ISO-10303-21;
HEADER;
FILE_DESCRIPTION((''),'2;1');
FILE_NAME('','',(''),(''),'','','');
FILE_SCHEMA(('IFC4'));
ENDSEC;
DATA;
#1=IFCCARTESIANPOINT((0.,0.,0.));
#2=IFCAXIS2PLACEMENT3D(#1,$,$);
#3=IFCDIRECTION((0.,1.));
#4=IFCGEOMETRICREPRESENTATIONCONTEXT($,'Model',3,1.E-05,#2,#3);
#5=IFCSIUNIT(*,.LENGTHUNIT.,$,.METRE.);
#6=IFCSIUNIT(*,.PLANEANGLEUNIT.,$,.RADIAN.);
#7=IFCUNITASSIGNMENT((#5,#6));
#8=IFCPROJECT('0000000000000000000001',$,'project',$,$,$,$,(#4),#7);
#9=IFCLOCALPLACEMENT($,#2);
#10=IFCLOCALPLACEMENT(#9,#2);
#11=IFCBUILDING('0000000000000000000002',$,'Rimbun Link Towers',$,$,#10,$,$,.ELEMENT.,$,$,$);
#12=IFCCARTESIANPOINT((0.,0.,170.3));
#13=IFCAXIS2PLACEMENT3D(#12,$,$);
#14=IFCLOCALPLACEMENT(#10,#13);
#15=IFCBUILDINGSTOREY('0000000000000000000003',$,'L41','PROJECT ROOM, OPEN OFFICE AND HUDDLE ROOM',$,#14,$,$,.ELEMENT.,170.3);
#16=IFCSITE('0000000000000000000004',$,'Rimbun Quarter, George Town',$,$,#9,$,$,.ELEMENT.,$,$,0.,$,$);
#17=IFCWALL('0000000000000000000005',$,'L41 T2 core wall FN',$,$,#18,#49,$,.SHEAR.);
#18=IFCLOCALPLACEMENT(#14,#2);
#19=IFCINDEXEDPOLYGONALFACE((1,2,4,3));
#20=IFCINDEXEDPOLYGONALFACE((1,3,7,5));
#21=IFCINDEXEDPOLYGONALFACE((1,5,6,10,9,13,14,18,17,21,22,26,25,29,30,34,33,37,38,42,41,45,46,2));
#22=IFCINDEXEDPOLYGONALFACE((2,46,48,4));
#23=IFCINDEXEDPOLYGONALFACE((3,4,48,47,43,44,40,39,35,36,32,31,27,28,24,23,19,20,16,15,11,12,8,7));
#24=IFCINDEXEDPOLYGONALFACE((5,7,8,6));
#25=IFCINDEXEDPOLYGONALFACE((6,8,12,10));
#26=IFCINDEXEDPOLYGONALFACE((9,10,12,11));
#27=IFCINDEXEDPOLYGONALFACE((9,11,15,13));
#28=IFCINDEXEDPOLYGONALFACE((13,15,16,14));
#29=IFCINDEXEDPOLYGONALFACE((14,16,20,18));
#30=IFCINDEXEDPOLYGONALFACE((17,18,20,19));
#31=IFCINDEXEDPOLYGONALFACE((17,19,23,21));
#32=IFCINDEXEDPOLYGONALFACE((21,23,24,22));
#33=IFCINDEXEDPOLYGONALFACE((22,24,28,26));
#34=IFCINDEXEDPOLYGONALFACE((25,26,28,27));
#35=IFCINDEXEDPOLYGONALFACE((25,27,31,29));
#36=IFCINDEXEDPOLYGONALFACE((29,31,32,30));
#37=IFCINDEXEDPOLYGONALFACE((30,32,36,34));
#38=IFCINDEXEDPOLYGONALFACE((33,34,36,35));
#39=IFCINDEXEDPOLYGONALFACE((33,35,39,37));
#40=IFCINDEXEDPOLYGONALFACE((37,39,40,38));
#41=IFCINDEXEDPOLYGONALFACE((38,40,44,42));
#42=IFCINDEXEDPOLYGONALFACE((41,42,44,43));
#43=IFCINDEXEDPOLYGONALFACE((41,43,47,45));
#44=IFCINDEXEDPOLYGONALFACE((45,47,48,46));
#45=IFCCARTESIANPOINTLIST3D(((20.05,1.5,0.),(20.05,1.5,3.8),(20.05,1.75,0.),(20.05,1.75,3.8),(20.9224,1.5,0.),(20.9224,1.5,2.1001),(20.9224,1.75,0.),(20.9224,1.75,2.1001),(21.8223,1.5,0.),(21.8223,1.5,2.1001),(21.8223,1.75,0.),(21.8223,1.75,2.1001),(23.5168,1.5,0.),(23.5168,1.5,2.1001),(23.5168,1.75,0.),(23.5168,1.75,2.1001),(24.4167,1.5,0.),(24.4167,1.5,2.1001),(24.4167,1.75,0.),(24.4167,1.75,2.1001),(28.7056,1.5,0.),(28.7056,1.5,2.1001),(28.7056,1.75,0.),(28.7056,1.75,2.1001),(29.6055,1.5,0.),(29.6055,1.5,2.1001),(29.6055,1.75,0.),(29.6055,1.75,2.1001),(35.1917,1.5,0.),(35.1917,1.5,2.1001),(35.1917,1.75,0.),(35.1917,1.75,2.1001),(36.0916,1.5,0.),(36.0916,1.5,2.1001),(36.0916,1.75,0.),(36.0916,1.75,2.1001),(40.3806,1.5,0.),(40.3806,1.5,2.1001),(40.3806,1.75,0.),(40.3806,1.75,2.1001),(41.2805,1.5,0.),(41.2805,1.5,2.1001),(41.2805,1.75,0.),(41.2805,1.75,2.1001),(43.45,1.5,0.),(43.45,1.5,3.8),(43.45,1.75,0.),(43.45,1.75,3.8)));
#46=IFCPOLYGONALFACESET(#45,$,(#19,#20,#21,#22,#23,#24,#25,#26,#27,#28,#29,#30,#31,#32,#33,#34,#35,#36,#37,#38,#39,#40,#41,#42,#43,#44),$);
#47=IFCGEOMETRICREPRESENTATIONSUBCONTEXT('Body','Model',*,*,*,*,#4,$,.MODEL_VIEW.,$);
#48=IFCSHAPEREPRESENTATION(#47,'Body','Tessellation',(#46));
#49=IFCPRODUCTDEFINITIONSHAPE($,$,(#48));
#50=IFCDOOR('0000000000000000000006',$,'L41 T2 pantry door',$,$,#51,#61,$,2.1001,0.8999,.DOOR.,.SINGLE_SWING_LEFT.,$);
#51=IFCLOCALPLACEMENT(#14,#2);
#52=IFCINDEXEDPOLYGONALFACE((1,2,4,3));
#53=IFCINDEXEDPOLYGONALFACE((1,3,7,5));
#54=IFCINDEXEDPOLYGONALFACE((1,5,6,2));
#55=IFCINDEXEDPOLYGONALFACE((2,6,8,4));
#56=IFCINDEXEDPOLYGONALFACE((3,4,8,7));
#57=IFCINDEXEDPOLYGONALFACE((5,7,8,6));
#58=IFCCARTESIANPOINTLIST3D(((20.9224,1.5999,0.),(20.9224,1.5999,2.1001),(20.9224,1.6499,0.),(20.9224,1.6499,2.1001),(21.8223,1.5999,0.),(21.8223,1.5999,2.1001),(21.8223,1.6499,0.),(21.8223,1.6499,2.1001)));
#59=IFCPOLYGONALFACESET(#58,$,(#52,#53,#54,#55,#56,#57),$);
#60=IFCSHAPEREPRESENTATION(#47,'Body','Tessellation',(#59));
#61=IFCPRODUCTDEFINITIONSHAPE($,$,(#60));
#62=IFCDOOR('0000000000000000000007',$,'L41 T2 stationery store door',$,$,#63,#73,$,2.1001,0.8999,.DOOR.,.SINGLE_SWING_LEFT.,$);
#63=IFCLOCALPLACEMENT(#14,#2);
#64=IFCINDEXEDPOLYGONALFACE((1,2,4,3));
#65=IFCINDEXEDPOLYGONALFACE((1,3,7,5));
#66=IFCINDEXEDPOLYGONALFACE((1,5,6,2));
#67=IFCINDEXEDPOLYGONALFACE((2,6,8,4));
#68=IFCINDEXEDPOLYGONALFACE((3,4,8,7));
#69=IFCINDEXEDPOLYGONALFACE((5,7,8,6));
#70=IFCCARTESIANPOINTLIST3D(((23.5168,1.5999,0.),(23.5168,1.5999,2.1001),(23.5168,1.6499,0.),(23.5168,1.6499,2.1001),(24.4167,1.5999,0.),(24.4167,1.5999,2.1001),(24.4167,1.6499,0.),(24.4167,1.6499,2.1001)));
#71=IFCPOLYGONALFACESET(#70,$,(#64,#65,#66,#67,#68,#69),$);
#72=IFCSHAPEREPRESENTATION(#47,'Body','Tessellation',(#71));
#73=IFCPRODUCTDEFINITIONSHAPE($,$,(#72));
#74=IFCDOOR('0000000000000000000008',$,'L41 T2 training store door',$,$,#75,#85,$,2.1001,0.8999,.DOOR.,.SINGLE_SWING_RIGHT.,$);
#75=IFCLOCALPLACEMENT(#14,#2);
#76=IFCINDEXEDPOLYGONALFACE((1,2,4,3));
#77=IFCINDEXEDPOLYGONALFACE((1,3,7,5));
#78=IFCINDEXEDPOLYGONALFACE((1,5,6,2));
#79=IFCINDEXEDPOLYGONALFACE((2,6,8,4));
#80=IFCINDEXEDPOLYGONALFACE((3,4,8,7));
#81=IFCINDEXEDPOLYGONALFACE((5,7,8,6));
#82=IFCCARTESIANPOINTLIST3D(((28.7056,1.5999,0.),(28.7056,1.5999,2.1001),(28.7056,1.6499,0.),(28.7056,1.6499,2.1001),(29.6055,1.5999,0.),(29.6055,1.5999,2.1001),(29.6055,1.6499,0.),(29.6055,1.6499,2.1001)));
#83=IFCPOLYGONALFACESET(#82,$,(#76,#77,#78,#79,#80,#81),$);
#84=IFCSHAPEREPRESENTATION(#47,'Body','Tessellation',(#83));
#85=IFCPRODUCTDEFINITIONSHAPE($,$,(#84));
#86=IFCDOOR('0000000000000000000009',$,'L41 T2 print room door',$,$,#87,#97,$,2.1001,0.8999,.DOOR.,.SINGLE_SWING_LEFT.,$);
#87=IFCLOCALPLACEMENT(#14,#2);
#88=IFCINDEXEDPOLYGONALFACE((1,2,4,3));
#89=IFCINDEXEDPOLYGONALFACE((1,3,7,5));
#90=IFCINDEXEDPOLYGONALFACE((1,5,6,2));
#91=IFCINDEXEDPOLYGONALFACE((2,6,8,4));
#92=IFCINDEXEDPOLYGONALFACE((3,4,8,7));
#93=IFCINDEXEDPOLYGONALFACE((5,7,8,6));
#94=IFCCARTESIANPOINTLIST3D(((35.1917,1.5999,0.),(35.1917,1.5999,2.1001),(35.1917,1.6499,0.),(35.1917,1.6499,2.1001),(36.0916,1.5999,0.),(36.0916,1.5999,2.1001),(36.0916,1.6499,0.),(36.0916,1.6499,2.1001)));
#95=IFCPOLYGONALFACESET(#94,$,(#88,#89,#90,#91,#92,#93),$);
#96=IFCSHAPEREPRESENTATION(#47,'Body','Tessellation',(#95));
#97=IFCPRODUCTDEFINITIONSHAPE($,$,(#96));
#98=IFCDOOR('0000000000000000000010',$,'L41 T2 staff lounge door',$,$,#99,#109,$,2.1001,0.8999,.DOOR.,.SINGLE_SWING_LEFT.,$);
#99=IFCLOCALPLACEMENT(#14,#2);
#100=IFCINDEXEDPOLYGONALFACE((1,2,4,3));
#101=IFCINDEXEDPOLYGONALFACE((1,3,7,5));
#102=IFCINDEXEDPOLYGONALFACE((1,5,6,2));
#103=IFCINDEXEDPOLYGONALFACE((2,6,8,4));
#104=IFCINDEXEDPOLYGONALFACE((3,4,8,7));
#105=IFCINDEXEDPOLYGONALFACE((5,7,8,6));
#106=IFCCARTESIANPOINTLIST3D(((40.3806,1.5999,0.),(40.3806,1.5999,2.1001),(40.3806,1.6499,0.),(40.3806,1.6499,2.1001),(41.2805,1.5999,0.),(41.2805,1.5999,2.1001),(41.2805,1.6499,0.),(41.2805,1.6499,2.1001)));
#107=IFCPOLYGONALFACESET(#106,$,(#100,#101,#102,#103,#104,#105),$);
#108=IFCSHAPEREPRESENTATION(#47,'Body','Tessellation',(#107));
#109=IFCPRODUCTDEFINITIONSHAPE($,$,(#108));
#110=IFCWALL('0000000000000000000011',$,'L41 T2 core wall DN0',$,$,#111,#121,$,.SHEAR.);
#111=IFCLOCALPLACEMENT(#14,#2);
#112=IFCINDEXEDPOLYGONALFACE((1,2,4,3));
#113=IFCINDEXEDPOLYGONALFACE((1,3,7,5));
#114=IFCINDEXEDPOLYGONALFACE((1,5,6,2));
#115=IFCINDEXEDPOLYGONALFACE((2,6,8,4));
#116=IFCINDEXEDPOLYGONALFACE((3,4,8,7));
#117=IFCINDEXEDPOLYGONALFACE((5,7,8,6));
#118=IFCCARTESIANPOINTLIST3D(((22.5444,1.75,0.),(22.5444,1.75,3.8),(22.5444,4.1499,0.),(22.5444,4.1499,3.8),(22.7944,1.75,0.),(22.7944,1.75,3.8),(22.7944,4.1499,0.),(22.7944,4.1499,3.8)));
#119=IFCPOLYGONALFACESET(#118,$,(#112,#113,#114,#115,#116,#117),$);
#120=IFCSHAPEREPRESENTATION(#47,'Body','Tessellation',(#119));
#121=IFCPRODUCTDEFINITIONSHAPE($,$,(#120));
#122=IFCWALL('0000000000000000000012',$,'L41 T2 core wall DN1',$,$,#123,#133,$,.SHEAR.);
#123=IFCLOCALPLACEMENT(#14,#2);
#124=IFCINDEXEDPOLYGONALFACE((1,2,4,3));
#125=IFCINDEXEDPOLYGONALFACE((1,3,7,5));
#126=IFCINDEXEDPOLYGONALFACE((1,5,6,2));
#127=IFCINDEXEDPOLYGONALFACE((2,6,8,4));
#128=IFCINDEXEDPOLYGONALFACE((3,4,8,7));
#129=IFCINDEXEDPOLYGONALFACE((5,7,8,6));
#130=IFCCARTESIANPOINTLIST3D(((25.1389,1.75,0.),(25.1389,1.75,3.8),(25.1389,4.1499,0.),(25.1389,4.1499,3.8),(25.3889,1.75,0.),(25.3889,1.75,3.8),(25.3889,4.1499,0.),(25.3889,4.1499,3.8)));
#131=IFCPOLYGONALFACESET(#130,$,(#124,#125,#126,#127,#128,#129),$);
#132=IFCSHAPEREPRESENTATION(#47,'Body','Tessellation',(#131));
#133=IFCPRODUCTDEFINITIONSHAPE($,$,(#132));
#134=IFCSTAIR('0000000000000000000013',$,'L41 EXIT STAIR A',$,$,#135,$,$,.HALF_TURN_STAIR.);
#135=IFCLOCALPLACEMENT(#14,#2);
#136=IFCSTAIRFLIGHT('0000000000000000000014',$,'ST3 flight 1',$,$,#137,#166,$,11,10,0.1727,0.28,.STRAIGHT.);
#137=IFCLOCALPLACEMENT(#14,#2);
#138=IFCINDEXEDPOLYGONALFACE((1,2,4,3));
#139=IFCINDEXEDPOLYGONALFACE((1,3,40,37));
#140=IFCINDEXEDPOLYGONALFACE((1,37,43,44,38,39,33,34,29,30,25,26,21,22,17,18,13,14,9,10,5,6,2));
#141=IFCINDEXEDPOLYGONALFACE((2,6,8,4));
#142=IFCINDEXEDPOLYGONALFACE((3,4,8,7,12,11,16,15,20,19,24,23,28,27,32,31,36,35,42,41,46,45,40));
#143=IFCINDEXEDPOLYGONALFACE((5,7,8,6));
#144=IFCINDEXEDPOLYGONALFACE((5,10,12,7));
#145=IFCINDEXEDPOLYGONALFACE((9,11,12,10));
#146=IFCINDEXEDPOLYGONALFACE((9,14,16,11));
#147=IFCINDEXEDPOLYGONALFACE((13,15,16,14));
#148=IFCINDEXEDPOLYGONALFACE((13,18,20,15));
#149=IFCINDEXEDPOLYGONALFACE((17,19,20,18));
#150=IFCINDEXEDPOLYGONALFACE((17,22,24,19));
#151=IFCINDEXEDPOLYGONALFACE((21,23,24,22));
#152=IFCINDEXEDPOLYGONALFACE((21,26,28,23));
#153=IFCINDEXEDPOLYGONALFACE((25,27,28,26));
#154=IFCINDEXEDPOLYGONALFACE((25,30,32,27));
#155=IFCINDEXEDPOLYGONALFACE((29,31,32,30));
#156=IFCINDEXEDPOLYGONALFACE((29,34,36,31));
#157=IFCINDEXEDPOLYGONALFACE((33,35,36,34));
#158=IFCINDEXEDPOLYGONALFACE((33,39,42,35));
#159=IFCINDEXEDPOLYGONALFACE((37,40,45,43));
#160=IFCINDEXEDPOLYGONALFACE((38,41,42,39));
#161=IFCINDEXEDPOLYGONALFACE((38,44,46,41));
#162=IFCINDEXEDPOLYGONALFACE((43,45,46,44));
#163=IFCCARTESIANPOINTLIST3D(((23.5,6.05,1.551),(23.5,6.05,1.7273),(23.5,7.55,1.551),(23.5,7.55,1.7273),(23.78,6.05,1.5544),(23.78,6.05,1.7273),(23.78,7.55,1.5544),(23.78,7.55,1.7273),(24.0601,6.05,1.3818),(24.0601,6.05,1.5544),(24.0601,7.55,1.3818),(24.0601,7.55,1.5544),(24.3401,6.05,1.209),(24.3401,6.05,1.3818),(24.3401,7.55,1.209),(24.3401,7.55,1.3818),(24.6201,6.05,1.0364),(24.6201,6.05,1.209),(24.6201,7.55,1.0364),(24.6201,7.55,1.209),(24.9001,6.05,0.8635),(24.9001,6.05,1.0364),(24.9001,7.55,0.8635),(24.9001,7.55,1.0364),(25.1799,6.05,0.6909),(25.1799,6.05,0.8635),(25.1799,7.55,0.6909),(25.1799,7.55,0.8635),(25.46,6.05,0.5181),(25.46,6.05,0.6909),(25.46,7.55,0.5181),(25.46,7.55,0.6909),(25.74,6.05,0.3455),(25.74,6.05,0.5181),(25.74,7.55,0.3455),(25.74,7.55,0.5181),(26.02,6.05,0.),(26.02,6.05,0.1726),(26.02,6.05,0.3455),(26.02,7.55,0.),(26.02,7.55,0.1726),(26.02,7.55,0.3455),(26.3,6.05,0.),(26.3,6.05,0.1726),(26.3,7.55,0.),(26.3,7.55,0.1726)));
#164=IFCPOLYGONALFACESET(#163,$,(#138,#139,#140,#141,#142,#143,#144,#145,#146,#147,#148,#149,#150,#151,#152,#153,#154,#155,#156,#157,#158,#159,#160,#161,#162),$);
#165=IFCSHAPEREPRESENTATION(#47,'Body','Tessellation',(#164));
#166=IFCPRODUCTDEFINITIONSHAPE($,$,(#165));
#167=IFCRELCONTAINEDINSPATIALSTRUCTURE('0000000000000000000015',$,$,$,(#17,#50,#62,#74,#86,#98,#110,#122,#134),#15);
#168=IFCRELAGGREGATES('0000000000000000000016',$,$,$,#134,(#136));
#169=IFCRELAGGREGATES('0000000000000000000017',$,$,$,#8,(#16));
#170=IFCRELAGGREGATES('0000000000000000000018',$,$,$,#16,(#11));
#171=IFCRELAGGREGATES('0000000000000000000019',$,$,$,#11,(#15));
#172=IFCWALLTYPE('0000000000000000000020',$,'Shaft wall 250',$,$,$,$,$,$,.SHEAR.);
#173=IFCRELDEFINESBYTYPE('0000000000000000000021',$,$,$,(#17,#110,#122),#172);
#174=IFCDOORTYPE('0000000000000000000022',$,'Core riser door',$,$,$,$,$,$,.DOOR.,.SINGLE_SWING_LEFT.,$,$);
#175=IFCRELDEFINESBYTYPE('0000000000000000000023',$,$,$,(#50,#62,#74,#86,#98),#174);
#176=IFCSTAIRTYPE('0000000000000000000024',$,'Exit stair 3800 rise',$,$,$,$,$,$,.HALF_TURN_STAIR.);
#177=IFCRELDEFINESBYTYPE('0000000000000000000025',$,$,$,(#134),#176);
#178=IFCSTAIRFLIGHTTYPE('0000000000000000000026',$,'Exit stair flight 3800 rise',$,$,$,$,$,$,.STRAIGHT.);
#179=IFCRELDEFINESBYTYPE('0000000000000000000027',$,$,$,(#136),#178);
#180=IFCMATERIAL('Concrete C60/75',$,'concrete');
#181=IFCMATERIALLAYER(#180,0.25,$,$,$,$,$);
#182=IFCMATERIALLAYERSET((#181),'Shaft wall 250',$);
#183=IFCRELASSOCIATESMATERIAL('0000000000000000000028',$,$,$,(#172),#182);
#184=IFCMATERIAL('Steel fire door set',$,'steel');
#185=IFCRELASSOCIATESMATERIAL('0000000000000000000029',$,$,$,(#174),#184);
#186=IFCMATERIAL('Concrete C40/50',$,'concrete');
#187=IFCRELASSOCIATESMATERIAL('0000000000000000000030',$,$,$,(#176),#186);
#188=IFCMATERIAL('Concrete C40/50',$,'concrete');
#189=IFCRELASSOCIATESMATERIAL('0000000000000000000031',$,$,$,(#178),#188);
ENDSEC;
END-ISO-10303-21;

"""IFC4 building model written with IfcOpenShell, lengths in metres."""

from ifc_helpers import new_model, si_unit, direction, frame, frame_2d, origin, place, context, subcontext, project, spatial, polyline, rectangle, outline, extrude, material, layer, layer_set, type_object, element, fill, aggregate, save


model = new_model("IFC4")

# Units and contexts
model_context = context("Model", 3, precision=1e-05, world=origin(), true_north=direction((0.0, 1.0)))
body_context = subcontext(model_context, "Body", "Model", "MODEL_VIEW")
ifc_project = project(units=[si_unit("LENGTHUNIT", "METRE"), si_unit("PLANEANGLEUNIT", "RADIAN")], contexts=[model_context])

# Site, building, storey
site_placement = place(None, origin())
site = spatial("IfcSite", under=ifc_project, at=site_placement, Name="Rimbun Quarter, George Town", CompositionType="ELEMENT", RefElevation=0.0)
building_placement = place(site_placement, origin())
building = spatial("IfcBuilding", under=site, at=building_placement, Name="Rimbun Link Towers", CompositionType="ELEMENT")
storey_placement = place(building_placement, frame((0.0, 0.0, 170.3)))
storey = spatial("IfcBuildingStorey", under=building, at=storey_placement, Name="L41", Description="PROJECT ROOM, OPEN OFFICE AND HUDDLE ROOM", CompositionType="ELEMENT", Elevation=170.3)

# Shared definitions
ifc_material_1 = material(Name="Concrete C60/75", Category="concrete")
ifc_layer_1 = layer(ifc_material_1, 0.25)
ifc_layer_set_1 = layer_set([ifc_layer_1], Name="Shaft wall 250")
wall_type_1 = type_object("IfcWallType", Name="Shaft wall 250", PredefinedType="SHEAR", material=ifc_layer_set_1)

# Wall, openings, doors
wall_1_placement = place(storey_placement, frame((20.05, 1.625, 0.0), z_axis=(0.0, 0.0, 1.0), x_axis=(1.0, 0.0, 0.0)))
wall_1 = element("IfcWall", 1, at=wall_1_placement, inside=storey, type_object=wall_type_1, Name="L41 T2 core wall FN", PredefinedType="SHEAR", context=body_context, shape_type="SweptSolid", body=[
    extrude(rectangle(XDim=23.3999, YDim=0.25, at=frame_2d((11.7, 0.0))), origin(), (0.0, 0.0, 1.0), 3.8),
])
opening_1_placement = place(wall_1_placement, frame((0.8723, 0.0, 0.0)))
opening_1 = element("IfcOpeningElement", 2, at=opening_1_placement, cuts=wall_1, PredefinedType="OPENING", context=body_context, shape_type="SweptSolid", body=[
    extrude(rectangle(XDim=0.8999, YDim=2.1001, at=frame_2d((0.45, 1.05))), frame((0.0, 0.135, 0.0), z_axis=(0.0, -1.0, 0.0), x_axis=(1.0, 0.0, 0.0)), (0.0, 0.0, 1.0), 0.27),
])
opening_2_placement = place(wall_1_placement, frame((3.4668, 0.0, 0.0)))
opening_2 = element("IfcOpeningElement", 3, at=opening_2_placement, cuts=wall_1, PredefinedType="OPENING", context=body_context, shape_type="SweptSolid", body=[
    extrude(rectangle(XDim=0.8999, YDim=2.1001, at=frame_2d((0.45, 1.05))), frame((0.0, 0.135, 0.0), z_axis=(0.0, -1.0, 0.0), x_axis=(1.0, 0.0, 0.0)), (0.0, 0.0, 1.0), 0.27),
])
opening_3_placement = place(wall_1_placement, frame((8.6555, 0.0, 0.0)))
opening_3 = element("IfcOpeningElement", 4, at=opening_3_placement, cuts=wall_1, PredefinedType="OPENING", context=body_context, shape_type="SweptSolid", body=[
    extrude(rectangle(XDim=0.8999, YDim=2.1001, at=frame_2d((0.45, 1.05))), frame((0.0, 0.135, 0.0), z_axis=(0.0, -1.0, 0.0), x_axis=(1.0, 0.0, 0.0)), (0.0, 0.0, 1.0), 0.27),
])
opening_4_placement = place(wall_1_placement, frame((15.1416, 0.0, 0.0)))
opening_4 = element("IfcOpeningElement", 5, at=opening_4_placement, cuts=wall_1, PredefinedType="OPENING", context=body_context, shape_type="SweptSolid", body=[
    extrude(rectangle(XDim=0.8999, YDim=2.1001, at=frame_2d((0.45, 1.05))), frame((0.0, 0.135, 0.0), z_axis=(0.0, -1.0, 0.0), x_axis=(1.0, 0.0, 0.0)), (0.0, 0.0, 1.0), 0.27),
])
opening_5_placement = place(wall_1_placement, frame((20.3306, 0.0, 0.0)))
opening_5 = element("IfcOpeningElement", 6, at=opening_5_placement, cuts=wall_1, PredefinedType="OPENING", context=body_context, shape_type="SweptSolid", body=[
    extrude(rectangle(XDim=0.8999, YDim=2.1001, at=frame_2d((0.45, 1.05))), frame((0.0, 0.135, 0.0), z_axis=(0.0, -1.0, 0.0), x_axis=(1.0, 0.0, 0.0)), (0.0, 0.0, 1.0), 0.27),
])
ifc_material_2 = material(Name="Steel fire door set", Category="steel")
door_type_1 = type_object("IfcDoorType", Name="Core riser door", OperationType="SINGLE_SWING_LEFT", PredefinedType="DOOR", material=ifc_material_2)
door_1_placement = place(opening_1_placement, origin())
door_1 = element("IfcDoor", 7, at=door_1_placement, inside=storey, type_object=door_type_1, Name="L41 T2 pantry door", OperationType="SINGLE_SWING_LEFT", OverallHeight=2.1001, OverallWidth=0.8999, PredefinedType="DOOR", context=body_context, shape_type="SweptSolid", body=[
    extrude(rectangle(XDim=0.8999, YDim=2.1001, at=frame_2d((0.45, 1.05))), frame((0.0, 0.0249, 0.0), z_axis=(0.0, -1.0, 0.0), x_axis=(1.0, 0.0, 0.0)), (0.0, 0.0, 1.0), 0.05),
])
fill(opening_1, door_1)
door_2_placement = place(opening_2_placement, origin())
door_2 = element("IfcDoor", 8, at=door_2_placement, inside=storey, type_object=door_type_1, Name="L41 T2 stationery store door", OperationType="SINGLE_SWING_LEFT", OverallHeight=2.1001, OverallWidth=0.8999, PredefinedType="DOOR", context=body_context, shape_type="SweptSolid", body=[
    extrude(rectangle(XDim=0.8999, YDim=2.1001, at=frame_2d((0.45, 1.05))), frame((0.0, 0.0249, 0.0), z_axis=(0.0, -1.0, 0.0), x_axis=(1.0, 0.0, 0.0)), (0.0, 0.0, 1.0), 0.05),
])
fill(opening_2, door_2)
door_3_placement = place(opening_3_placement, origin())
door_3 = element("IfcDoor", 9, at=door_3_placement, inside=storey, type_object=door_type_1, Name="L41 T2 training store door", OperationType="SINGLE_SWING_RIGHT", OverallHeight=2.1001, OverallWidth=0.8999, PredefinedType="DOOR", context=body_context, shape_type="SweptSolid", body=[
    extrude(rectangle(XDim=0.8999, YDim=2.1001, at=frame_2d((0.45, 1.05))), frame((0.0, 0.0249, 0.0), z_axis=(0.0, -1.0, 0.0), x_axis=(1.0, 0.0, 0.0)), (0.0, 0.0, 1.0), 0.05),
])
fill(opening_3, door_3)
door_4_placement = place(opening_4_placement, origin())
door_4 = element("IfcDoor", 10, at=door_4_placement, inside=storey, type_object=door_type_1, Name="L41 T2 print room door", OperationType="SINGLE_SWING_LEFT", OverallHeight=2.1001, OverallWidth=0.8999, PredefinedType="DOOR", context=body_context, shape_type="SweptSolid", body=[
    extrude(rectangle(XDim=0.8999, YDim=2.1001, at=frame_2d((0.45, 1.05))), frame((0.0, 0.0249, 0.0), z_axis=(0.0, -1.0, 0.0), x_axis=(1.0, 0.0, 0.0)), (0.0, 0.0, 1.0), 0.05),
])
fill(opening_4, door_4)
door_5_placement = place(opening_5_placement, origin())
door_5 = element("IfcDoor", 11, at=door_5_placement, inside=storey, type_object=door_type_1, Name="L41 T2 staff lounge door", OperationType="SINGLE_SWING_LEFT", OverallHeight=2.1001, OverallWidth=0.8999, PredefinedType="DOOR", context=body_context, shape_type="SweptSolid", body=[
    extrude(rectangle(XDim=0.8999, YDim=2.1001, at=frame_2d((0.45, 1.05))), frame((0.0, 0.0249, 0.0), z_axis=(0.0, -1.0, 0.0), x_axis=(1.0, 0.0, 0.0)), (0.0, 0.0, 1.0), 0.05),
])
fill(opening_5, door_5)

# Walls
for number, where, z_axis, x_axis, name in (
    (12, (22.6694, 1.75, 0.0), (0.0, 0.0, 1.0), (0.0, 1.0, 0.0), "L41 T2 core wall DN0"),
    (13, (25.2639, 1.75, 0.0), (0.0, 0.0, 1.0), (0.0, 1.0, 0.0), "L41 T2 core wall DN1"),
):
    element("IfcWall", number, at=place(storey_placement, frame(where, z_axis=z_axis, x_axis=x_axis)), inside=storey, type_object=wall_type_1, Name=name, PredefinedType="SHEAR", context=body_context, shape_type="SweptSolid", body=[
        extrude(rectangle(XDim=2.3999, YDim=0.25, at=frame_2d((1.2, 0.0))), origin(), (0.0, 0.0, 1.0), 3.8),
    ])

# Stair, stair flight
ifc_material_3 = material(Name="Concrete C40/50", Category="concrete")
stair_type = type_object("IfcStairType", Name="Exit stair 3800 rise", PredefinedType="HALF_TURN_STAIR", material=ifc_material_3)
stair_placement = place(storey_placement, origin())
stair = element("IfcStair", 14, at=stair_placement, inside=storey, type_object=stair_type, Name="L41 EXIT STAIR A", PredefinedType="HALF_TURN_STAIR")
ifc_material_4 = material(Name="Concrete C40/50", Category="concrete")
stair_flight_type = type_object("IfcStairFlightType", Name="Exit stair flight 3800 rise", PredefinedType="STRAIGHT", material=ifc_material_4)
stair_flight_1_placement = place(storey_placement, frame((26.3, 6.8, 0.0), z_axis=(0.0, 0.0, 1.0), x_axis=(-1.0, 0.0, 0.0)))
stair_flight_1 = element("IfcStairFlight", 15, at=stair_flight_1_placement, type_object=stair_flight_type, Name="ST3 flight 1", NumberOfRisers=11, NumberOfTreads=10, PredefinedType="STRAIGHT", RiserHeight=0.1727, TreadLength=0.28, context=body_context, shape_type="SweptSolid", body=[
    extrude(outline(polyline([(0.0, 0.0), (0.0, 0.1726), (0.28, 0.1726), (0.28, 0.3455), (0.5601, 0.3455), (0.5601, 0.5181), (0.8401, 0.5181), (0.8401, 0.6909), (1.1201, 0.6909), (1.1201, 0.8635), (1.3999, 0.8635), (1.3999, 1.0364), (1.6799, 1.0364), (1.6799, 1.209), (1.96, 1.209), (1.96, 1.3818), (2.24, 1.3818), (2.24, 1.5544), (2.52, 1.5544), (2.52, 1.7273), (2.8, 1.7273), (2.8, 1.8999), (2.8, 1.551), (0.28, 0.0), (0.0, 0.0)])), frame((0.0, 0.75, 0.0), z_axis=(0.0, -1.0, 0.0), x_axis=(1.0, 0.0, 0.0)), (0.0, 0.0, 1.0), 1.5),
])
aggregate(stair, [stair_flight_1])

save(model, "model.ifc")
